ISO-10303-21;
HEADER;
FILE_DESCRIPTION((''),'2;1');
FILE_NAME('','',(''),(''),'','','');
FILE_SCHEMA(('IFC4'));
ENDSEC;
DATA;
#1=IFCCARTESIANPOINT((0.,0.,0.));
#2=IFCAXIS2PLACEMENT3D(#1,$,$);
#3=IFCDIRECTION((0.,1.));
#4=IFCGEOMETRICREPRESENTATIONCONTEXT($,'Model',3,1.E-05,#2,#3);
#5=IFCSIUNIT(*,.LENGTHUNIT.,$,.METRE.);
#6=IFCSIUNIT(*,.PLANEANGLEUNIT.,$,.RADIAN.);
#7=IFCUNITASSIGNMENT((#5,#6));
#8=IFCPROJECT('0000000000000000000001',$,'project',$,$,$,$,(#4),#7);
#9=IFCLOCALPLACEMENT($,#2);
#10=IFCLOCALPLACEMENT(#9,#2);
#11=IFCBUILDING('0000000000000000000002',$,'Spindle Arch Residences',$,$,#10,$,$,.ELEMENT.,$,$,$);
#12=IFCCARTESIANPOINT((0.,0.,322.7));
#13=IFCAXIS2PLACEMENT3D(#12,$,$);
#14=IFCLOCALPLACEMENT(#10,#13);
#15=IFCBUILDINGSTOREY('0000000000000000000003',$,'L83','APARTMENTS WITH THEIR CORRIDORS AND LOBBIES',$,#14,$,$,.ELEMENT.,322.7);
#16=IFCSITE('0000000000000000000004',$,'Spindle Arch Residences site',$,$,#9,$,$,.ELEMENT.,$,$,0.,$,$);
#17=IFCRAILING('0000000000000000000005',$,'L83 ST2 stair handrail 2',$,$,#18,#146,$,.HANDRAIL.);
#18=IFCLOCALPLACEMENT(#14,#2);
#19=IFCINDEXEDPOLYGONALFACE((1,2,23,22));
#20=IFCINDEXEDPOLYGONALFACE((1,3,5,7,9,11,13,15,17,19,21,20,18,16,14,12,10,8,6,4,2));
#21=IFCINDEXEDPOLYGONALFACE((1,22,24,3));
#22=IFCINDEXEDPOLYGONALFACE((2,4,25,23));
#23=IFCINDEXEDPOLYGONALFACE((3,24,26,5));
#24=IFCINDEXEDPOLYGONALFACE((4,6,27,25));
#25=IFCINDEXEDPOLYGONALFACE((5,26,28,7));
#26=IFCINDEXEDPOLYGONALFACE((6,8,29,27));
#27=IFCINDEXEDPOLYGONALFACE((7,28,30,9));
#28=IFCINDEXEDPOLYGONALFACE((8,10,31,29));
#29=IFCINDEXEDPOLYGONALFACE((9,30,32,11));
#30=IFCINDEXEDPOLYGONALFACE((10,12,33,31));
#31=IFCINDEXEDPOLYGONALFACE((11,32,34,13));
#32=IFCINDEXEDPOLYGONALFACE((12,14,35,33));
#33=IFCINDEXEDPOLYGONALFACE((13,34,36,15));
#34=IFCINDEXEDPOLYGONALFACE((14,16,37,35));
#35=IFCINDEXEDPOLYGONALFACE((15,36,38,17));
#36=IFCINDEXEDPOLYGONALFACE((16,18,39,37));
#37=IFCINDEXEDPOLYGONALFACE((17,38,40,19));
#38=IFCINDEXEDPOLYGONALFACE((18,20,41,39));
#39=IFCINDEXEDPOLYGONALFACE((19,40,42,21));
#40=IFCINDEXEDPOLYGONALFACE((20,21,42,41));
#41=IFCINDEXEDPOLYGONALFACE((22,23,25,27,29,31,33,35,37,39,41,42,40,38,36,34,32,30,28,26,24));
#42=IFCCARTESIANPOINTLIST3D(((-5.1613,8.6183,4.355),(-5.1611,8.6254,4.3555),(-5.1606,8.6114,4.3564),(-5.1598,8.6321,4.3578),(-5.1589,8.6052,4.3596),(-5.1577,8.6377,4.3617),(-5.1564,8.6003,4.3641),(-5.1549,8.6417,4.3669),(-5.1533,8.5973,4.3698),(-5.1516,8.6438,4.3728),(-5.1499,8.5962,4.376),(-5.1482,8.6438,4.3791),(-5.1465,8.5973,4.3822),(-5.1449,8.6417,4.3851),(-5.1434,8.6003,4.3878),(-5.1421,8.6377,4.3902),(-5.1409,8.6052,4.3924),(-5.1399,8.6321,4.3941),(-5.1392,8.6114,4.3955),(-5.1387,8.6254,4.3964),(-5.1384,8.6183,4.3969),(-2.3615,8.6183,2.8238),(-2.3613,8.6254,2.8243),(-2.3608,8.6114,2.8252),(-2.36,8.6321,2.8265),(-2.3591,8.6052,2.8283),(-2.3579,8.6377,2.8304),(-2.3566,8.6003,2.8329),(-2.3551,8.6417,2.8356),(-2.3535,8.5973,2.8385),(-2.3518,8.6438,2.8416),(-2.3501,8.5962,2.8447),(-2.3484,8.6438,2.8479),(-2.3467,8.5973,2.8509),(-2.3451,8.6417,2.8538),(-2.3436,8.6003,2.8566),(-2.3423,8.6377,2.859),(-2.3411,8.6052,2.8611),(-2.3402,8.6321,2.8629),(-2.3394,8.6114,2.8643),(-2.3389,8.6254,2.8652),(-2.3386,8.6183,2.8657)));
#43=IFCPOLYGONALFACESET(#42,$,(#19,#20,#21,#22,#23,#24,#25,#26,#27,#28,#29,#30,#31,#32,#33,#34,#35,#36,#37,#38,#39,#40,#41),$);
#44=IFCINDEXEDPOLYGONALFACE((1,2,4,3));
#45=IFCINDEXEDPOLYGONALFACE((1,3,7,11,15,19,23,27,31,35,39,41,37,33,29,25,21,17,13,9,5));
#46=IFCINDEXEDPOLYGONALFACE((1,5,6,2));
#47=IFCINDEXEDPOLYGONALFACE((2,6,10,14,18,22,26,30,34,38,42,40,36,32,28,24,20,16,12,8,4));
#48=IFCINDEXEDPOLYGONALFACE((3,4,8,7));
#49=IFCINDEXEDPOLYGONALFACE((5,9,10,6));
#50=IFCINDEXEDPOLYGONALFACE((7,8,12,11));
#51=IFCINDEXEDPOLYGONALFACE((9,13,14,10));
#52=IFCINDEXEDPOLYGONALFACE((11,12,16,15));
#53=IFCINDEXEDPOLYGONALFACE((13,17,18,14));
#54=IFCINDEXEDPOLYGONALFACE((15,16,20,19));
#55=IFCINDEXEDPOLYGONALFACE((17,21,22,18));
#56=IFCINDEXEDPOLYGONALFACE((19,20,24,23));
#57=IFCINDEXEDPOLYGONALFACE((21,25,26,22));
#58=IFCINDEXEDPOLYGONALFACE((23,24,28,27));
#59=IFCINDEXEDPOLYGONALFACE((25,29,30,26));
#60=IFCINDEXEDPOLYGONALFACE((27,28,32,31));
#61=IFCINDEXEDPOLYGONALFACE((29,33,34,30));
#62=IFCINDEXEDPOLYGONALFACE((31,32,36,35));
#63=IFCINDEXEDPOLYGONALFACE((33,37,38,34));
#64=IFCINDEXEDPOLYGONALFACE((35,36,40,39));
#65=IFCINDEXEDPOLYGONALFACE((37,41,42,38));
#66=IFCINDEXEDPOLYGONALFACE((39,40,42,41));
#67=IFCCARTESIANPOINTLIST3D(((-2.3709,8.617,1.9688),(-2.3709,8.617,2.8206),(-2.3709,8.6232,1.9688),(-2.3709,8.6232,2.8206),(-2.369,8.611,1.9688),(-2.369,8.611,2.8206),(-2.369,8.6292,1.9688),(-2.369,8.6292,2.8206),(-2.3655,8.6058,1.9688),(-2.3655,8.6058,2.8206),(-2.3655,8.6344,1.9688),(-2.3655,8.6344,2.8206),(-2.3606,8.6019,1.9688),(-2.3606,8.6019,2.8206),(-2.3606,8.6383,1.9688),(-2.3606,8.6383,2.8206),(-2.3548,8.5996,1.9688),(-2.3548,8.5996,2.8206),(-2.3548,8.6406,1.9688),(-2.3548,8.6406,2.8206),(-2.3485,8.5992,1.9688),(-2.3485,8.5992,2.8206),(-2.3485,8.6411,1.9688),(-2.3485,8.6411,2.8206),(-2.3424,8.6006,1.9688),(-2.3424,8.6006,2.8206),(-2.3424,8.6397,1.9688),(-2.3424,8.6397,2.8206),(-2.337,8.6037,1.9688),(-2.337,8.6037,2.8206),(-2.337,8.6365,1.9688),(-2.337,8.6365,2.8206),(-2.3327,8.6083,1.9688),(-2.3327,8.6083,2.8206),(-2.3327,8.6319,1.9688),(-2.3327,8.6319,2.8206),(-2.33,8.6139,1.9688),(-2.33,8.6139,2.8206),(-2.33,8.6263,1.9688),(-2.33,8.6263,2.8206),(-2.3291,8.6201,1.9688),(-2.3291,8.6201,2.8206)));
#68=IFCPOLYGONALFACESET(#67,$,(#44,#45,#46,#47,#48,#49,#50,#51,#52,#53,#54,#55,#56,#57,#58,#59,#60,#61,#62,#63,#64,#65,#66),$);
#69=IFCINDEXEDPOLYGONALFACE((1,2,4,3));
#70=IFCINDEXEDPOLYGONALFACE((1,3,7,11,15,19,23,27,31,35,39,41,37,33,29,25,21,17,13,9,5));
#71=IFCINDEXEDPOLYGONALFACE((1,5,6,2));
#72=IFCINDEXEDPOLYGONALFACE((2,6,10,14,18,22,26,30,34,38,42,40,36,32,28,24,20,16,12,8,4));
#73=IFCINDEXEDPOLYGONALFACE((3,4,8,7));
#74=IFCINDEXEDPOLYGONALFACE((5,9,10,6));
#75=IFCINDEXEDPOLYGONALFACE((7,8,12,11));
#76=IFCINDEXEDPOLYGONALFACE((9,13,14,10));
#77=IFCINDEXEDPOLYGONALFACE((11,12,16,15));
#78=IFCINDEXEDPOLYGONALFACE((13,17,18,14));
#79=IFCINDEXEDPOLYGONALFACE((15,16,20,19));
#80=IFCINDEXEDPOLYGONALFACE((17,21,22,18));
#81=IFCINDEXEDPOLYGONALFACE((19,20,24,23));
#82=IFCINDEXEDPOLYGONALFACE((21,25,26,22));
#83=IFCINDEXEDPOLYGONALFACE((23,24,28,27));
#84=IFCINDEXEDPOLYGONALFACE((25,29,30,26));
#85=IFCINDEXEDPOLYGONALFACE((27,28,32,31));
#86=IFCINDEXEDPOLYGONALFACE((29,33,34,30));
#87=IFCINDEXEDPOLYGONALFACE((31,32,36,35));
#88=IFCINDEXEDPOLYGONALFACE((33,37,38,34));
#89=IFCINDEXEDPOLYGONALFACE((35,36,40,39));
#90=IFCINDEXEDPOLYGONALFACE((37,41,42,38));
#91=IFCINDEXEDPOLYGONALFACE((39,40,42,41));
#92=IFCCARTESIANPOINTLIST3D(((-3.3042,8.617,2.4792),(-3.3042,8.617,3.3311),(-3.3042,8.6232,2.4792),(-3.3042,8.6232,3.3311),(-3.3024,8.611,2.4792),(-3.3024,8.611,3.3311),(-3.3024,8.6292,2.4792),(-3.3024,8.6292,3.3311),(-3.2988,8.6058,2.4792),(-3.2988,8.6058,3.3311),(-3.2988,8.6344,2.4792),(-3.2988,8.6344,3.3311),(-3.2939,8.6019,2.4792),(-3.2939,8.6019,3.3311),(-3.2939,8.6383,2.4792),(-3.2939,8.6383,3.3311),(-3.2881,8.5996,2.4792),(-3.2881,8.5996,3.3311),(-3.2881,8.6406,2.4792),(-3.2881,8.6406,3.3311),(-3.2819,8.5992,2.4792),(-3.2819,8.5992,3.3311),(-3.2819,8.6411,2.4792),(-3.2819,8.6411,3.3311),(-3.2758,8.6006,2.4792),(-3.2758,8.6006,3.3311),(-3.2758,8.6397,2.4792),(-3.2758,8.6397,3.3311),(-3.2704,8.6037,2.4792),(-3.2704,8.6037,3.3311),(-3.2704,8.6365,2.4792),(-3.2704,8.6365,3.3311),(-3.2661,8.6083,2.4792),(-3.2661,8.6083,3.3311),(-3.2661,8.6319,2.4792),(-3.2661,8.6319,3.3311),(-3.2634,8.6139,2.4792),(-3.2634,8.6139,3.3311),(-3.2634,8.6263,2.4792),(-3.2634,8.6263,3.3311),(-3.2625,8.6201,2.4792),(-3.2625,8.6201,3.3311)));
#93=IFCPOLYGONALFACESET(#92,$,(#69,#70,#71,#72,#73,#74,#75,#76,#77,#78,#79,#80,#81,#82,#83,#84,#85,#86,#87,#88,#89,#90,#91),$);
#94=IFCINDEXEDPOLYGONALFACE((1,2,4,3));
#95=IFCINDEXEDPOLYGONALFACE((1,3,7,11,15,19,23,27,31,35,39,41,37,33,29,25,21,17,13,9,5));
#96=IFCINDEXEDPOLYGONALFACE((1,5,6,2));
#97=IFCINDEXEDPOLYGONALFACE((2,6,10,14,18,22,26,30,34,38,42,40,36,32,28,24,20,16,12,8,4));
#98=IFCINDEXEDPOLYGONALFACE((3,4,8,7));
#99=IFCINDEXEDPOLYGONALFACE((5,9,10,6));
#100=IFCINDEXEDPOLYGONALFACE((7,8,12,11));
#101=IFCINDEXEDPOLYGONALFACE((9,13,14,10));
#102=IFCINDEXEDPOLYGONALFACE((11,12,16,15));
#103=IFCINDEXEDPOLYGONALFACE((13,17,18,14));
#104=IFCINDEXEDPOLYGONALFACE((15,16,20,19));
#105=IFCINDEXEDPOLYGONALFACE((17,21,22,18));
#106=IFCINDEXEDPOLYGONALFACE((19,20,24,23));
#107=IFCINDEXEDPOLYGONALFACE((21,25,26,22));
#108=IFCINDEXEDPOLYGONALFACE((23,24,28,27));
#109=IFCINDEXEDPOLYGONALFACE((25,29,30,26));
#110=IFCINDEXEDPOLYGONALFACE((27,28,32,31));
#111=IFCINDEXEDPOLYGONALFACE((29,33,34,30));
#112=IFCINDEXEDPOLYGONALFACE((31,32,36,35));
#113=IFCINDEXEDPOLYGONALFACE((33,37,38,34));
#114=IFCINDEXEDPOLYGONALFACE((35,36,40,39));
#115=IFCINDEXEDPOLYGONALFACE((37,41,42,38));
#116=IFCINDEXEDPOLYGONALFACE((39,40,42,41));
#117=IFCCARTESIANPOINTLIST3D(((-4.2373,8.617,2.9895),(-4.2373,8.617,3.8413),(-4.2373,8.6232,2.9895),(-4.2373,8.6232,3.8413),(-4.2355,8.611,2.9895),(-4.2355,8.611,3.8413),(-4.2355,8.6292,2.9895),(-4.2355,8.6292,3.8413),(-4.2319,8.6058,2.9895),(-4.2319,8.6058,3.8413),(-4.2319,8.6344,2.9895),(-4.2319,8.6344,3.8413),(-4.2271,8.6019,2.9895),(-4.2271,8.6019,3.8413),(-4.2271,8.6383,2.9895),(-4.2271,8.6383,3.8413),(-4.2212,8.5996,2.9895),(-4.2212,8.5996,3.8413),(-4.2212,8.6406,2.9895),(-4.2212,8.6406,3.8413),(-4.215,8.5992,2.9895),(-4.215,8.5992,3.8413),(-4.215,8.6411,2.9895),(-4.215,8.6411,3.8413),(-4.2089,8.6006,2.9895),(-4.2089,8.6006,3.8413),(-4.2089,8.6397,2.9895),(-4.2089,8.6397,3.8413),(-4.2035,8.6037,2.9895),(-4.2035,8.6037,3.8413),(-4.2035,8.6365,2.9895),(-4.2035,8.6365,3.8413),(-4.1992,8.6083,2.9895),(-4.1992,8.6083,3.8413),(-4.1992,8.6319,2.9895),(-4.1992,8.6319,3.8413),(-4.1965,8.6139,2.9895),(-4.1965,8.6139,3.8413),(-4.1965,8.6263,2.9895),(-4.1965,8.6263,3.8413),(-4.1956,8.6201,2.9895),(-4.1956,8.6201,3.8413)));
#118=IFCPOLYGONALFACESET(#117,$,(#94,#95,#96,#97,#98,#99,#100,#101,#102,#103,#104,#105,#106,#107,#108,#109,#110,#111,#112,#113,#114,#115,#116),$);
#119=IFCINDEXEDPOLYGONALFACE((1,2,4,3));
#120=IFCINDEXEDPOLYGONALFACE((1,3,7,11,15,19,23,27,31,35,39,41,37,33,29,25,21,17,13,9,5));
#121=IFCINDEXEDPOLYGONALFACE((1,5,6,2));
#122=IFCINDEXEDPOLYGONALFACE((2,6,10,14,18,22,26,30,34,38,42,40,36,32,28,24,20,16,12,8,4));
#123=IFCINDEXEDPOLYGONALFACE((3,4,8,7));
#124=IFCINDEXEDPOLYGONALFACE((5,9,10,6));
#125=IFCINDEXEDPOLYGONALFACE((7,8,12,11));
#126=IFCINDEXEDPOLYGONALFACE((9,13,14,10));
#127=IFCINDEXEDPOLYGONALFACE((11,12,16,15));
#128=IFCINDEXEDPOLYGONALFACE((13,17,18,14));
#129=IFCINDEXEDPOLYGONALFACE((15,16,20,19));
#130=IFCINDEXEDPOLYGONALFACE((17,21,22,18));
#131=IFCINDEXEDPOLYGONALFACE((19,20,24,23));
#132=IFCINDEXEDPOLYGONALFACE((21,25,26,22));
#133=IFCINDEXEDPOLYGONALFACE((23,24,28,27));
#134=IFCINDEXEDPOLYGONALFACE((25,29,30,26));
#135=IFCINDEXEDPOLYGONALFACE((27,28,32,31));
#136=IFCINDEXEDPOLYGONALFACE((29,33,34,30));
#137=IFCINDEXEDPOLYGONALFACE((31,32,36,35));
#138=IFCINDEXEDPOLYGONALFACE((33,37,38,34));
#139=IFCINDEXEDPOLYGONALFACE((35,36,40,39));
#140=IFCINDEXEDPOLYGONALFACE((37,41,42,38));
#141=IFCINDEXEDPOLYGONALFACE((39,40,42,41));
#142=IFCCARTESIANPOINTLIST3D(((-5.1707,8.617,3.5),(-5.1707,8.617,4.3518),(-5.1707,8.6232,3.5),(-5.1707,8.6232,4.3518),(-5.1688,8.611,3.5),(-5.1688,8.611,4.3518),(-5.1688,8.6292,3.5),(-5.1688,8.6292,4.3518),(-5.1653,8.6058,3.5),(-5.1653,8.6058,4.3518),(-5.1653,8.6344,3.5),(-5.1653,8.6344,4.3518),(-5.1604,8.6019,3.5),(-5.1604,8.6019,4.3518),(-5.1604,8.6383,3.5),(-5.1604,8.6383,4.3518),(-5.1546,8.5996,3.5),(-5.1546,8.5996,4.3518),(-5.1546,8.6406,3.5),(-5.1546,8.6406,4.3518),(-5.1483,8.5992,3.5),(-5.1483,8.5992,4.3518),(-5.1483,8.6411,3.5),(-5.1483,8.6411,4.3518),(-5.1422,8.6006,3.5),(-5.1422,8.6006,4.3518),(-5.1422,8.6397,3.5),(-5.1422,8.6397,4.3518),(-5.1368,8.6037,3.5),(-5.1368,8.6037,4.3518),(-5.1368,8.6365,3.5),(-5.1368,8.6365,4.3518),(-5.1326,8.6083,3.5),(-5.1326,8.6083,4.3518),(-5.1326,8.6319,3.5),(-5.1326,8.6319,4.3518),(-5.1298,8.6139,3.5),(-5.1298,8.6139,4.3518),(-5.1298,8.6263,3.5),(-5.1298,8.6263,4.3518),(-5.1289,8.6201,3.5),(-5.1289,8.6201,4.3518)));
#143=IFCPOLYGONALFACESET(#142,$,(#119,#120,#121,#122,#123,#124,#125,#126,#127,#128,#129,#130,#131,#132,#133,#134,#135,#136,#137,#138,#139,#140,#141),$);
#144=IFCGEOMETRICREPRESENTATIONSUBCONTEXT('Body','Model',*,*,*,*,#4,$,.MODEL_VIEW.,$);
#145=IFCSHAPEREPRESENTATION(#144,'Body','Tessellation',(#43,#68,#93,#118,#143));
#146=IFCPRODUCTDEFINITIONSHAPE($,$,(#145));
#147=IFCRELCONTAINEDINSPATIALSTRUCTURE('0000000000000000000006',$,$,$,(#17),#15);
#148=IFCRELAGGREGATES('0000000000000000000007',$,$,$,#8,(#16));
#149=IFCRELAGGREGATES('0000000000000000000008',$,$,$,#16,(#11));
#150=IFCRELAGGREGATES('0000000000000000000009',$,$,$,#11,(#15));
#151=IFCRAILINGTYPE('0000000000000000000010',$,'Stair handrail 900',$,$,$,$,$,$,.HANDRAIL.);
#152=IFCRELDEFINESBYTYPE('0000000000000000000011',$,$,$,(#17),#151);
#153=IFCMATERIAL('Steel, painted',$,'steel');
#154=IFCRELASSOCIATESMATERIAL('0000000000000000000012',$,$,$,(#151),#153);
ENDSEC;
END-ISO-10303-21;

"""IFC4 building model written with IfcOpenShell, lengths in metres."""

from ifc_helpers import new_model, si_unit, direction, frame, origin, origin_2d, place, context, subcontext, project, spatial, circle, extrude, material, type_object, element, save


model = new_model("IFC4")

# Units and contexts
model_context = context("Model", 3, precision=1e-05, world=origin(), true_north=direction((0.0, 1.0)))
body_context = subcontext(model_context, "Body", "Model", "MODEL_VIEW")
ifc_project = project(units=[si_unit("LENGTHUNIT", "METRE"), si_unit("PLANEANGLEUNIT", "RADIAN")], contexts=[model_context])

# Site, building, storey
site_placement = place(None, origin())
site = spatial("IfcSite", under=ifc_project, at=site_placement, Name="Spindle Arch Residences site", CompositionType="ELEMENT", RefElevation=0.0)
building_placement = place(site_placement, origin())
building = spatial("IfcBuilding", under=site, at=building_placement, Name="Spindle Arch Residences", CompositionType="ELEMENT")
storey_placement = place(building_placement, frame((0.0, 0.0, 322.7)))
storey = spatial("IfcBuildingStorey", under=building, at=storey_placement, Name="L83", Description="APARTMENTS WITH THEIR CORRIDORS AND LOBBIES", CompositionType="ELEMENT", Elevation=322.7)

# Railing
ifc_material_1 = material(Name="Steel, painted", Category="steel")
railing_type_1 = type_object("IfcRailingType", Name="Stair handrail 900", PredefinedType="HANDRAIL", material=ifc_material_1)
railing_1_placement = place(storey_placement, frame((-2.3501, 8.6201, 1.9688)))
element("IfcRailing", 1, at=railing_1_placement, inside=storey, type_object=railing_type_1, Name="L83 ST2 stair handrail 2", PredefinedType="HANDRAIL", context=body_context, shape_type="SweptSolid", body=[
    extrude(circle(Radius=0.0239, at=origin_2d()), frame((0.0, 0.0, 0.876), z_axis=(-0.877357, 0.0, 0.479838), x_axis=(0.0, -1.0, 0.0)), (0.0, 0.0, 1.0), 3.1912),
    extrude(circle(Radius=0.021, at=origin_2d()), origin(), (0.0, 0.0, 1.0), 0.8518),
    extrude(circle(Radius=0.021, at=origin_2d()), frame((-0.9333, 0.0, 0.5105)), (0.0, 0.0, 1.0), 0.8518),
    extrude(circle(Radius=0.021, at=origin_2d()), frame((-1.8665, 0.0, 1.0208)), (0.0, 0.0, 1.0), 0.8518),
    extrude(circle(Radius=0.021, at=origin_2d()), frame((-2.7998, 0.0, 1.5312)), (0.0, 0.0, 1.0), 0.8518),
])

save(model, "model.ifc")
